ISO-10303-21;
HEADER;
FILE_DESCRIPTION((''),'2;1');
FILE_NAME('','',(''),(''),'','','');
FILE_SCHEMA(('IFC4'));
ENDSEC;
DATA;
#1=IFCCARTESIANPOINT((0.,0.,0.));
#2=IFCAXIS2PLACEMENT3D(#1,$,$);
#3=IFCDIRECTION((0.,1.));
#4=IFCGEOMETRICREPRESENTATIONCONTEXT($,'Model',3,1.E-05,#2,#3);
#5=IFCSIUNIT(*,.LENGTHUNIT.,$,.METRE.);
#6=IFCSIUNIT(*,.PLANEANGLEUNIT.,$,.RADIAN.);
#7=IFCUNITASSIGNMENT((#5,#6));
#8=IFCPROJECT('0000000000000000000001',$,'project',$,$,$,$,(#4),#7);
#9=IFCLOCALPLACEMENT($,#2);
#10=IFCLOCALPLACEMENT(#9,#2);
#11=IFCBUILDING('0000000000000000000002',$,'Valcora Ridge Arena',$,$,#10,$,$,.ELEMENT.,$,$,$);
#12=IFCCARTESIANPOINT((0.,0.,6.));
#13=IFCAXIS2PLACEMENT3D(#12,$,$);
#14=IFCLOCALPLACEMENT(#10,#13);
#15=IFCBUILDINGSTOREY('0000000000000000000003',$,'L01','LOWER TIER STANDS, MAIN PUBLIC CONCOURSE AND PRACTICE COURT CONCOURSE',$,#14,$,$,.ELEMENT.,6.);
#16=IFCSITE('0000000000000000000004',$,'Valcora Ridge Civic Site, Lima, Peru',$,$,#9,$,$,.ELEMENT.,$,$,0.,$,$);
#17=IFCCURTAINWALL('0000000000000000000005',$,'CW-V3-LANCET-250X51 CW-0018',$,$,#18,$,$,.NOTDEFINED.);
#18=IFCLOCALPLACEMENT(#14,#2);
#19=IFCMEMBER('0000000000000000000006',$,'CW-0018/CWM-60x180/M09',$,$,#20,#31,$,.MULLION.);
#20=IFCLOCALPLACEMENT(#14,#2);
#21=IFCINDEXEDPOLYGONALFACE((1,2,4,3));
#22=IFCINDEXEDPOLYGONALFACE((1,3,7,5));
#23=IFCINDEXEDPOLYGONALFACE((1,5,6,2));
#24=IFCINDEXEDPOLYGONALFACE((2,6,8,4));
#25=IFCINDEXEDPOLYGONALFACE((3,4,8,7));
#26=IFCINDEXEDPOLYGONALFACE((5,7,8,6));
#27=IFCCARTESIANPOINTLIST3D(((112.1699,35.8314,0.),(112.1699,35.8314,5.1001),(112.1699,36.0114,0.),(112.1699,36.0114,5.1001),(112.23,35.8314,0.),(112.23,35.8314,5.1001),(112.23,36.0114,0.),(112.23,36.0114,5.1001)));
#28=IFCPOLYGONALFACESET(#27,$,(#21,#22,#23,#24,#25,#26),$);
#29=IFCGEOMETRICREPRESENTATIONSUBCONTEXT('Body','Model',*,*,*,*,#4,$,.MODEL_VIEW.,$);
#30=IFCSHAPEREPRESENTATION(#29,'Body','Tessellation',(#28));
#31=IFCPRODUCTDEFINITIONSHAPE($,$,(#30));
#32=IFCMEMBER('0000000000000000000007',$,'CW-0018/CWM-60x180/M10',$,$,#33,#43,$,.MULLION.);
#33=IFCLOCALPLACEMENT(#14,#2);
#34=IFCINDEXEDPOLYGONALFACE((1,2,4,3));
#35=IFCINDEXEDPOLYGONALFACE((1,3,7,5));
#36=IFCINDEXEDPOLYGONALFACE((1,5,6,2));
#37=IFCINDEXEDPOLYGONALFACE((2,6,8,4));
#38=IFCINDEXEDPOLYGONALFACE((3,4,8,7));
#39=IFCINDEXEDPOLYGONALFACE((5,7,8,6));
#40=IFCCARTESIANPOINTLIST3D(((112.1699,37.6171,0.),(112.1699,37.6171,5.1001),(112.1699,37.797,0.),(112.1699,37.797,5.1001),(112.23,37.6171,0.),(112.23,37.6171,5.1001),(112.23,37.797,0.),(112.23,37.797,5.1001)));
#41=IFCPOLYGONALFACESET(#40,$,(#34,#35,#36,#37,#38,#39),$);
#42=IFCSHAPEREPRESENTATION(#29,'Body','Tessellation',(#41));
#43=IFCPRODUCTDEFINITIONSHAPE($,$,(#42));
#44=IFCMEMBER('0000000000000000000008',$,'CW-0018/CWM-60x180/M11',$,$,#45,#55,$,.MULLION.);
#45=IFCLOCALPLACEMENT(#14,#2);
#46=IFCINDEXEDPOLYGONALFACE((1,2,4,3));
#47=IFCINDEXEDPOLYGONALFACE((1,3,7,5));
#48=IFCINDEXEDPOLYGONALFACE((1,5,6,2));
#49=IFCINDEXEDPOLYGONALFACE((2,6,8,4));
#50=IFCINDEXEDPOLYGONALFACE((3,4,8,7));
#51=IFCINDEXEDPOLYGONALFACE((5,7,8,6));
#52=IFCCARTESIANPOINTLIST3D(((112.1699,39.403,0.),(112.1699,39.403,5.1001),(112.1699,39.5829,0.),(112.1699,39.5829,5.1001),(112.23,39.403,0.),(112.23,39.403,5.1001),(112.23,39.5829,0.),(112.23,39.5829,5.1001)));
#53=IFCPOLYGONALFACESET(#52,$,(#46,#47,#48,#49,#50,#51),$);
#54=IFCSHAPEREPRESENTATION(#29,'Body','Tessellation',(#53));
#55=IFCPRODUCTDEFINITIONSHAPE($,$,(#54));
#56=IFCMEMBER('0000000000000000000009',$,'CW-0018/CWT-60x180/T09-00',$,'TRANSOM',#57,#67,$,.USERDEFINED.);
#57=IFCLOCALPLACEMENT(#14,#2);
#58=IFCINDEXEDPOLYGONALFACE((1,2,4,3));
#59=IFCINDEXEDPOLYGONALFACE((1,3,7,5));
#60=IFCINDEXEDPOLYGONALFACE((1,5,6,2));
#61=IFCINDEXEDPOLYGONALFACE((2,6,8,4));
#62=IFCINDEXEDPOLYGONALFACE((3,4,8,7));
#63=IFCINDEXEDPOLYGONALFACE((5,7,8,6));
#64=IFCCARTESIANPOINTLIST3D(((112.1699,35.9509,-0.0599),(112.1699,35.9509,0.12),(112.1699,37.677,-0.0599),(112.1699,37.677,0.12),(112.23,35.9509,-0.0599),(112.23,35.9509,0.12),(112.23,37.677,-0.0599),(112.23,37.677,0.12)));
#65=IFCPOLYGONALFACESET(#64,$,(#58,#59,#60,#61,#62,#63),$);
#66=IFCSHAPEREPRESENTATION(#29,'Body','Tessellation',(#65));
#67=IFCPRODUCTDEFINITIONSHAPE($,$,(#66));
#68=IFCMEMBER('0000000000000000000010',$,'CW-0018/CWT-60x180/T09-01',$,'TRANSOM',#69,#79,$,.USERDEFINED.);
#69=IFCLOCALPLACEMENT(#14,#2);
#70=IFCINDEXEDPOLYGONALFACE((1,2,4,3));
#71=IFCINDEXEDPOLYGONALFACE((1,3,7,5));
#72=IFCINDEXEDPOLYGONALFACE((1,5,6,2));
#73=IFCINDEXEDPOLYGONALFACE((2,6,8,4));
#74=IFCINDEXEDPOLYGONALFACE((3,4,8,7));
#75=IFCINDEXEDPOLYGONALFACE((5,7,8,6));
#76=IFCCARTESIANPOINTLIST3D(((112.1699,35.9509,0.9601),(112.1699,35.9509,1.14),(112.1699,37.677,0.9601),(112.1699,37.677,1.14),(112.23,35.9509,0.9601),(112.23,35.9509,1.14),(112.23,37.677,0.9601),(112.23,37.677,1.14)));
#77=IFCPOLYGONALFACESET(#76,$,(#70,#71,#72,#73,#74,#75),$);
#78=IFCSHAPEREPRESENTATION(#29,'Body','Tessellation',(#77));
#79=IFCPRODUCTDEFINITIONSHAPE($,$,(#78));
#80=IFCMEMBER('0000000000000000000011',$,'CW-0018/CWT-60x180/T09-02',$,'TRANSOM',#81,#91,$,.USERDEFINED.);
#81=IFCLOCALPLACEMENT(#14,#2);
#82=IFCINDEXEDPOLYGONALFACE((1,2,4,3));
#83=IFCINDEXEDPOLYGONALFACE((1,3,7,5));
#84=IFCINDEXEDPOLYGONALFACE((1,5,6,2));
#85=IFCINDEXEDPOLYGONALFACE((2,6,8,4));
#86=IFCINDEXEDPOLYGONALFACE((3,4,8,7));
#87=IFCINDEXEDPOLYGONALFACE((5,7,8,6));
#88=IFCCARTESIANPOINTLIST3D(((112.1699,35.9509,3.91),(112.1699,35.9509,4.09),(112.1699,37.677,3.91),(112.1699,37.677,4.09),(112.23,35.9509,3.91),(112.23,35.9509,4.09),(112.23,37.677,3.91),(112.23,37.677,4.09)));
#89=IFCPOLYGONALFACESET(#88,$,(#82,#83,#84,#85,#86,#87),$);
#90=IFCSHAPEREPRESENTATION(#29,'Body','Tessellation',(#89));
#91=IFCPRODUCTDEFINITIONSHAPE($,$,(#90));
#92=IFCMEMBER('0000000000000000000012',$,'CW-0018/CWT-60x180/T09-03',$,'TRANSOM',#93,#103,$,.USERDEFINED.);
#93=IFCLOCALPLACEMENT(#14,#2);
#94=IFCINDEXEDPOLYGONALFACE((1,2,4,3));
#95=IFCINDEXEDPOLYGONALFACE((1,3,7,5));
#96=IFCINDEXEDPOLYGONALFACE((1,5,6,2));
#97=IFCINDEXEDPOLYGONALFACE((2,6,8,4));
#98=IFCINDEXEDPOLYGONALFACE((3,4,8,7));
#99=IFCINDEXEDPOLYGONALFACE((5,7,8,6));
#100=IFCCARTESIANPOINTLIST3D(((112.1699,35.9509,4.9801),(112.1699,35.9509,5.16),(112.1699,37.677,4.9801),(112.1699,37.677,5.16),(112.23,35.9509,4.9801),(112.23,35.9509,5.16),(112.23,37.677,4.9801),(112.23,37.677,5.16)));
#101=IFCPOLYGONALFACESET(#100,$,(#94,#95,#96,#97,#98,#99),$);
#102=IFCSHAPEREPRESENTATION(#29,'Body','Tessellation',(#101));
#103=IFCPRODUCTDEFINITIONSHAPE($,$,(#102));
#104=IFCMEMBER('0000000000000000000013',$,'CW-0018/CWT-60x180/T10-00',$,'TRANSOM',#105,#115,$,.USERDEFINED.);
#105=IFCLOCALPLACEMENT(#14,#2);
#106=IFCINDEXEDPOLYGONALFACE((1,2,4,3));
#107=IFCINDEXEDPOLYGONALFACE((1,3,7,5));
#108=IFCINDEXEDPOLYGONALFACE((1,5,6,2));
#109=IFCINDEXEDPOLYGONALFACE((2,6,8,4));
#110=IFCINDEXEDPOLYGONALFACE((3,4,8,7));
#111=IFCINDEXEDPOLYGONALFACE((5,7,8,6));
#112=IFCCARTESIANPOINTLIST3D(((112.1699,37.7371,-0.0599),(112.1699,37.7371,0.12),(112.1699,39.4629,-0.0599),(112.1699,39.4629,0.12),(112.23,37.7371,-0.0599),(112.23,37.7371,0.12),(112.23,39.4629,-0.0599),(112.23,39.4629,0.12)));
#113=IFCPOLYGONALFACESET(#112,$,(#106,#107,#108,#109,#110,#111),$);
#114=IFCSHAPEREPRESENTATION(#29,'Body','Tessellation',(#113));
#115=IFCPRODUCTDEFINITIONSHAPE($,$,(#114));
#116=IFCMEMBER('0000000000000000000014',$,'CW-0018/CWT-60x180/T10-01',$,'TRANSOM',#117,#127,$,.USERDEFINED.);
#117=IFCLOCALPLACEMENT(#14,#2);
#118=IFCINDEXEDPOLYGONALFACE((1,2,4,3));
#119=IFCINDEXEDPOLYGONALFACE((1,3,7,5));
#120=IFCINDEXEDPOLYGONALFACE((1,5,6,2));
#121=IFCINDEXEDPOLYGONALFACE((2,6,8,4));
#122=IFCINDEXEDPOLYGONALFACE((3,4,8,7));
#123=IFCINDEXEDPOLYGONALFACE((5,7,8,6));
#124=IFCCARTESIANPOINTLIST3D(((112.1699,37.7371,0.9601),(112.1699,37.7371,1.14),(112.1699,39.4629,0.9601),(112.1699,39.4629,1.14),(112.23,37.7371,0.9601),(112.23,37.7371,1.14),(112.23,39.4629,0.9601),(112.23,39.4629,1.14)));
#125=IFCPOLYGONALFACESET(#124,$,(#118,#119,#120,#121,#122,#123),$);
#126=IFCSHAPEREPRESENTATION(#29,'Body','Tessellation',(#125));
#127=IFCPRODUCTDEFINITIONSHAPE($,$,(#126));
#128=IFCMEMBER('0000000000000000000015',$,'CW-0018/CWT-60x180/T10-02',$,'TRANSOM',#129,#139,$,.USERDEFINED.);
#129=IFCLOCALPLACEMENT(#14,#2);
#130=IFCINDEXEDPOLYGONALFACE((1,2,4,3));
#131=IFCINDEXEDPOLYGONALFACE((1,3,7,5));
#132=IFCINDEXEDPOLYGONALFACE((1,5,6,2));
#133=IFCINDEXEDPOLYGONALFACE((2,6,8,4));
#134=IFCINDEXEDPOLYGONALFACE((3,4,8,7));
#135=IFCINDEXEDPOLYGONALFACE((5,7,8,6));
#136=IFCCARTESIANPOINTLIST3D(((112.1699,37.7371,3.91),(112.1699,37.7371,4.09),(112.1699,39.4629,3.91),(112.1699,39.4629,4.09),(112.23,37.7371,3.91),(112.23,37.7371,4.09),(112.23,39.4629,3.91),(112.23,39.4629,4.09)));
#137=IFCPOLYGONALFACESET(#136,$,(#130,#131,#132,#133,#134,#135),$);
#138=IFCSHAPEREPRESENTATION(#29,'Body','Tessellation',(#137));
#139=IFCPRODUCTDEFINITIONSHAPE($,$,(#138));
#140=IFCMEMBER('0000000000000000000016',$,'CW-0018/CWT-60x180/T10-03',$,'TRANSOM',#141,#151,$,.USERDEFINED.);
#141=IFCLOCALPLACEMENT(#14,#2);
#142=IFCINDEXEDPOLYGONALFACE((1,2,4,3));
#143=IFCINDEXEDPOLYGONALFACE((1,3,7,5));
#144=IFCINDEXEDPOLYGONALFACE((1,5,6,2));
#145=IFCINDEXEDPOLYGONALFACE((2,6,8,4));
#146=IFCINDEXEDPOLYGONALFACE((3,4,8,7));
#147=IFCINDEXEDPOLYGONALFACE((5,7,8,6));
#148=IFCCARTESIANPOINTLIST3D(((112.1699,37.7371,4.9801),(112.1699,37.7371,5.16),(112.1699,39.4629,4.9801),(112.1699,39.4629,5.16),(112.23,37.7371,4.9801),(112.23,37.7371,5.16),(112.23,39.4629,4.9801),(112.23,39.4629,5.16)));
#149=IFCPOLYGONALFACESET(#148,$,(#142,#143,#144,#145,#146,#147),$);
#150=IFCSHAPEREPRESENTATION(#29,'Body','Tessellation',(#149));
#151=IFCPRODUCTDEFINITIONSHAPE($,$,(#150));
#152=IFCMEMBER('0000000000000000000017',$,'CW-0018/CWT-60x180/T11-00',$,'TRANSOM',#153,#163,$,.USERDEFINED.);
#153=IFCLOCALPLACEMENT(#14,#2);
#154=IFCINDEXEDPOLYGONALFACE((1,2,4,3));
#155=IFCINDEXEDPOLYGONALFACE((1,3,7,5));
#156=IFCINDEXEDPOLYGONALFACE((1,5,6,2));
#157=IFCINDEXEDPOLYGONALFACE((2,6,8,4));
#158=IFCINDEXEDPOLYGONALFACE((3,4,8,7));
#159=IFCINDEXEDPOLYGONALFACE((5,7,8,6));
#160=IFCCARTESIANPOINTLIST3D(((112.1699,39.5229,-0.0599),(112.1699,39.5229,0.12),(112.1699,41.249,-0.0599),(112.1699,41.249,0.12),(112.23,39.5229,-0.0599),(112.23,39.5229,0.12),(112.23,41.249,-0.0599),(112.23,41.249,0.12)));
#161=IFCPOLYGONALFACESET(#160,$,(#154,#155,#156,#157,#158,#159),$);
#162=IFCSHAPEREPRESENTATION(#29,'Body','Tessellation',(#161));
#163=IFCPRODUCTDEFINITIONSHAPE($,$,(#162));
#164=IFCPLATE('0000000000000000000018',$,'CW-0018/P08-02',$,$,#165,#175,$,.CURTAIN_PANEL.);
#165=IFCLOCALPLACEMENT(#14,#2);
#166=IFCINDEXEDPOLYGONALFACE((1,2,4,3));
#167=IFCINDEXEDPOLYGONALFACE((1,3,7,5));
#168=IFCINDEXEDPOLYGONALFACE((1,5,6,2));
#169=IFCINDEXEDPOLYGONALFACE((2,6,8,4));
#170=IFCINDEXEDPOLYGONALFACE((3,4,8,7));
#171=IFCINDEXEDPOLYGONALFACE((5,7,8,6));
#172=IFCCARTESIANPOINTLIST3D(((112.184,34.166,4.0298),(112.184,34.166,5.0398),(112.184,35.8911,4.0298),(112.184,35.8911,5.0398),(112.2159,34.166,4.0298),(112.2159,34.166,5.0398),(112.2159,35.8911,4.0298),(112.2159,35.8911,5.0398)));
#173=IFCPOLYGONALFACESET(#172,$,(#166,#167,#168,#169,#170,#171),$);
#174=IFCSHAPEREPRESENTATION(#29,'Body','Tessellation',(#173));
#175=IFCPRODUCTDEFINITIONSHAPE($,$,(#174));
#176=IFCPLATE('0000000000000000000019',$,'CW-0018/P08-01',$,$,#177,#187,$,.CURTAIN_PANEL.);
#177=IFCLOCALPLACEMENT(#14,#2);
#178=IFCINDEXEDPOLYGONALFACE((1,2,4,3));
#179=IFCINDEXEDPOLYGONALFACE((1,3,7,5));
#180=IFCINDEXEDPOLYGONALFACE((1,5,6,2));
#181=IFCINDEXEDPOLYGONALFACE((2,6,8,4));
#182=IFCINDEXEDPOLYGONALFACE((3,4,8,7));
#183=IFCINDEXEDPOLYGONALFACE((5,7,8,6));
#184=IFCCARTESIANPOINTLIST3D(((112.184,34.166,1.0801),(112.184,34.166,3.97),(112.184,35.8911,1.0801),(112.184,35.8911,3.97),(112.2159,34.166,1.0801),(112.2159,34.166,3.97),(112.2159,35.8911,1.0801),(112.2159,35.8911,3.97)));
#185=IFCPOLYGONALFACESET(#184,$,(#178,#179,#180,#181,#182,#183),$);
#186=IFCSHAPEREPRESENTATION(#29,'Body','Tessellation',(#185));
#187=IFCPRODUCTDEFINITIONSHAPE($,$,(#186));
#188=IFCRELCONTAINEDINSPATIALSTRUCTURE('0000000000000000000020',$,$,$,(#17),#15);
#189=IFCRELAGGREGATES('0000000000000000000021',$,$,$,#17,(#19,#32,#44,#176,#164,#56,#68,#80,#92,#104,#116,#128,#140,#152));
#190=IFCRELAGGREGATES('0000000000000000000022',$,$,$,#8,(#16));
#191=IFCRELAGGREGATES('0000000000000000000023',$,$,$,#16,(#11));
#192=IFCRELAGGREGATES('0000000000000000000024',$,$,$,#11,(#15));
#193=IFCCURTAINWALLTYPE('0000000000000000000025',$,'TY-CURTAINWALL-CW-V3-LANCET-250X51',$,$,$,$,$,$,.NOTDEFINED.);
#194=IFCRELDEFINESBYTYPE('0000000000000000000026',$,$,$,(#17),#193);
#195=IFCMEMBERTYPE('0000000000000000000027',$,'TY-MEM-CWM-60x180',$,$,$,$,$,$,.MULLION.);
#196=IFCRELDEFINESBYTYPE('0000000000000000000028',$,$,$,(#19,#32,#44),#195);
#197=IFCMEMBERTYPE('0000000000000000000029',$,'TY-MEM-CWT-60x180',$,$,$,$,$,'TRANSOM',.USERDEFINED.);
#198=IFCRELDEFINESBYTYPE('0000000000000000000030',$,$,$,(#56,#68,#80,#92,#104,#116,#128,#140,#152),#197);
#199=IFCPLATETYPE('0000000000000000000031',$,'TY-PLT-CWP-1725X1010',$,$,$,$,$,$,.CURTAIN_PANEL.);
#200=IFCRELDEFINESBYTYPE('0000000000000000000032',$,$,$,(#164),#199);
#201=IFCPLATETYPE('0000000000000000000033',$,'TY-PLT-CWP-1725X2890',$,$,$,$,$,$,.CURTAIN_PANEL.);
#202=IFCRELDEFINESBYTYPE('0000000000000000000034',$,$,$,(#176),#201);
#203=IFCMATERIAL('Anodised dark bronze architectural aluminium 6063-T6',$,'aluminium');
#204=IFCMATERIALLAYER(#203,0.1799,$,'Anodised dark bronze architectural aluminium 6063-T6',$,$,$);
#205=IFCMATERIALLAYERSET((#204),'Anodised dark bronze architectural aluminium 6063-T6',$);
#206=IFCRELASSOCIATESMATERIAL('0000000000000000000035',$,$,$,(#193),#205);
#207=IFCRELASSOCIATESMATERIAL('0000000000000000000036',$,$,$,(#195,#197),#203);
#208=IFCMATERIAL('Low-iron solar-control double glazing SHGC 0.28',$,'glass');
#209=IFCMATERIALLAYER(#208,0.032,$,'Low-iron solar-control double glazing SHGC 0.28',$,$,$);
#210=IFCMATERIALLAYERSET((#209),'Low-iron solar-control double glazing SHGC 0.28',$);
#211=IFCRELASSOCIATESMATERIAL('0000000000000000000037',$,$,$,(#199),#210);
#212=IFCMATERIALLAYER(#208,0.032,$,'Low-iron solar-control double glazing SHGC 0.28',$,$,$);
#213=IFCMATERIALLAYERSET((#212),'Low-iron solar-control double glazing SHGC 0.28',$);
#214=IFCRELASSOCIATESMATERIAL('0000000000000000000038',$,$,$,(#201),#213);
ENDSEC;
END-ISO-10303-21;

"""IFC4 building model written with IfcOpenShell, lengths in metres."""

from ifc_helpers import new_model, si_unit, direction, frame, origin, origin_2d, place, context, subcontext, project, spatial, rectangle, extrude, material, layer, layer_set, material_profile, profile_set, type_object, element, aggregate, save


model = new_model("IFC4")

# Units and contexts
model_context = context("Model", 3, precision=1e-05, world=origin(), true_north=direction((0.0, 1.0)))
body_context = subcontext(model_context, "Body", "Model", "MODEL_VIEW")
ifc_project = project(units=[si_unit("LENGTHUNIT", "METRE"), si_unit("PLANEANGLEUNIT", "RADIAN")], contexts=[model_context])

# Site, building, storey
site_placement = place(None, origin())
site = spatial("IfcSite", under=ifc_project, at=site_placement, Name="Valcora Ridge Civic Site, Lima, Peru", CompositionType="ELEMENT", RefElevation=0.0)
building_placement = place(site_placement, origin())
building = spatial("IfcBuilding", under=site, at=building_placement, Name="Valcora Ridge Arena", CompositionType="ELEMENT")
storey_placement = place(building_placement, frame((0.0, 0.0, 6.0)))
storey = spatial("IfcBuildingStorey", under=building, at=storey_placement, Name="L01", Description="LOWER TIER STANDS, MAIN PUBLIC CONCOURSE AND PRACTICE COURT CONCOURSE", CompositionType="ELEMENT", Elevation=6.0)

# Curtain wall, members, plates
ifc_material_1 = material(Name="Anodised dark bronze architectural aluminium 6063-T6", Category="aluminium")
ifc_layer_1 = layer(ifc_material_1, 0.1799, Name="Anodised dark bronze architectural aluminium 6063-T6")
ifc_layer_set_1 = layer_set([ifc_layer_1], Name="Anodised dark bronze architectural aluminium 6063-T6")
curtain_wall_type = type_object("IfcCurtainWallType", Name="TY-CURTAINWALL-CW-V3-LANCET-250X51", PredefinedType="NOTDEFINED", material=ifc_layer_set_1)
curtain_wall_placement = place(storey_placement, origin())
curtain_wall = element("IfcCurtainWall", 1, at=curtain_wall_placement, inside=storey, type_object=curtain_wall_type, Name="CW-V3-LANCET-250X51 CW-0018", PredefinedType="NOTDEFINED")
ifc_material_profile_1 = material_profile(ifc_material_1, rectangle(XDim=0.0601, YDim=0.1799, at=origin_2d()), Name="ALU MULLION 60x180")
ifc_profile_set_1 = profile_set([ifc_material_profile_1], Name="Anodised dark bronze architectural aluminium 6063-T6")
member_type_1 = type_object("IfcMemberType", Name="TY-MEM-CWM-60x180", PredefinedType="MULLION", material=ifc_profile_set_1)
member_1_placement = place(storey_placement, frame((112.2, 35.9214, 0.0), z_axis=(0.0, 0.0, 1.0), x_axis=(-1.0, 0.0, 0.0)))
member_1 = element("IfcMember", 2, at=member_1_placement, type_object=member_type_1, Name="CW-0018/CWM-60x180/M09", PredefinedType="MULLION", context=body_context, shape_type="SweptSolid", body=[
    extrude(rectangle(XDim=0.0601, YDim=0.1799, at=origin_2d()), origin(), (0.0, 0.0, 1.0), 5.1001),
])
member_2_placement = place(storey_placement, frame((112.2, 37.707, 0.0), z_axis=(0.0, 0.0, 1.0), x_axis=(-1.0, 0.0, 0.0)))
member_2 = element("IfcMember", 3, at=member_2_placement, type_object=member_type_1, Name="CW-0018/CWM-60x180/M10", PredefinedType="MULLION", context=body_context, shape_type="SweptSolid", body=[
    extrude(rectangle(XDim=0.0601, YDim=0.1799, at=origin_2d()), origin(), (0.0, 0.0, 1.0), 5.1001),
])
member_3_placement = place(storey_placement, frame((112.2, 39.4929, 0.0), z_axis=(0.0, 0.0, 1.0), x_axis=(-1.0, 0.0, 0.0)))
member_3 = element("IfcMember", 4, at=member_3_placement, type_object=member_type_1, Name="CW-0018/CWM-60x180/M11", PredefinedType="MULLION", context=body_context, shape_type="SweptSolid", body=[
    extrude(rectangle(XDim=0.0601, YDim=0.1799, at=origin_2d()), origin(), (0.0, 0.0, 1.0), 5.1001),
])
ifc_material_profile_2 = material_profile(ifc_material_1, rectangle(XDim=0.0601, YDim=0.1799, at=origin_2d()), Name="ALU TRANSOM 60x180")
ifc_profile_set_2 = profile_set([ifc_material_profile_2], Name="Anodised dark bronze architectural aluminium 6063-T6")
member_type_2 = type_object("IfcMemberType", Name="TY-MEM-CWT-60x180", ElementType="TRANSOM", PredefinedType="USERDEFINED", material=ifc_profile_set_2)
member_4_placement = place(storey_placement, frame((112.2, 35.9509, 0.03), z_axis=(0.0, 1.0, 0.0), x_axis=(-1.0, 0.0, 0.0)))
member_4 = element("IfcMember", 5, at=member_4_placement, type_object=member_type_2, Name="CW-0018/CWT-60x180/T09-00", ObjectType="TRANSOM", PredefinedType="USERDEFINED", context=body_context, shape_type="SweptSolid", body=[
    extrude(rectangle(XDim=0.0601, YDim=0.1799, at=origin_2d()), origin(), (0.0, 0.0, 1.0), 1.7261),
])
member_5_placement = place(storey_placement, frame((112.2, 35.9509, 1.05), z_axis=(0.0, 1.0, 0.0), x_axis=(-1.0, 0.0, 0.0)))
member_5 = element("IfcMember", 6, at=member_5_placement, type_object=member_type_2, Name="CW-0018/CWT-60x180/T09-01", ObjectType="TRANSOM", PredefinedType="USERDEFINED", context=body_context, shape_type="SweptSolid", body=[
    extrude(rectangle(XDim=0.0601, YDim=0.1799, at=origin_2d()), origin(), (0.0, 0.0, 1.0), 1.7261),
])
member_6_placement = place(storey_placement, frame((112.2, 35.9509, 4.0), z_axis=(0.0, 1.0, 0.0), x_axis=(-1.0, 0.0, 0.0)))
member_6 = element("IfcMember", 7, at=member_6_placement, type_object=member_type_2, Name="CW-0018/CWT-60x180/T09-02", ObjectType="TRANSOM", PredefinedType="USERDEFINED", context=body_context, shape_type="SweptSolid", body=[
    extrude(rectangle(XDim=0.0601, YDim=0.1799, at=origin_2d()), origin(), (0.0, 0.0, 1.0), 1.7261),
])
member_7_placement = place(storey_placement, frame((112.2, 35.9509, 5.0701), z_axis=(0.0, 1.0, 0.0), x_axis=(-1.0, 0.0, 0.0)))
member_7 = element("IfcMember", 8, at=member_7_placement, type_object=member_type_2, Name="CW-0018/CWT-60x180/T09-03", ObjectType="TRANSOM", PredefinedType="USERDEFINED", context=body_context, shape_type="SweptSolid", body=[
    extrude(rectangle(XDim=0.0601, YDim=0.1799, at=origin_2d()), origin(), (0.0, 0.0, 1.0), 1.7261),
])
member_8_placement = place(storey_placement, frame((112.2, 37.7371, 0.03), z_axis=(0.0, 1.0, 0.0), x_axis=(-1.0, 0.0, 0.0)))
member_8 = element("IfcMember", 9, at=member_8_placement, type_object=member_type_2, Name="CW-0018/CWT-60x180/T10-00", ObjectType="TRANSOM", PredefinedType="USERDEFINED", context=body_context, shape_type="SweptSolid", body=[
    extrude(rectangle(XDim=0.0601, YDim=0.1799, at=origin_2d()), origin(), (0.0, 0.0, 1.0), 1.7258),
])
member_9_placement = place(storey_placement, frame((112.2, 37.7371, 1.05), z_axis=(0.0, 1.0, 0.0), x_axis=(-1.0, 0.0, 0.0)))
member_9 = element("IfcMember", 10, at=member_9_placement, type_object=member_type_2, Name="CW-0018/CWT-60x180/T10-01", ObjectType="TRANSOM", PredefinedType="USERDEFINED", context=body_context, shape_type="SweptSolid", body=[
    extrude(rectangle(XDim=0.0601, YDim=0.1799, at=origin_2d()), origin(), (0.0, 0.0, 1.0), 1.7258),
])
member_10_placement = place(storey_placement, frame((112.2, 37.7371, 4.0), z_axis=(0.0, 1.0, 0.0), x_axis=(-1.0, 0.0, 0.0)))
member_10 = element("IfcMember", 11, at=member_10_placement, type_object=member_type_2, Name="CW-0018/CWT-60x180/T10-02", ObjectType="TRANSOM", PredefinedType="USERDEFINED", context=body_context, shape_type="SweptSolid", body=[
    extrude(rectangle(XDim=0.0601, YDim=0.1799, at=origin_2d()), origin(), (0.0, 0.0, 1.0), 1.7258),
])
member_11_placement = place(storey_placement, frame((112.2, 37.7371, 5.0701), z_axis=(0.0, 1.0, 0.0), x_axis=(-1.0, 0.0, 0.0)))
member_11 = element("IfcMember", 12, at=member_11_placement, type_object=member_type_2, Name="CW-0018/CWT-60x180/T10-03", ObjectType="TRANSOM", PredefinedType="USERDEFINED", context=body_context, shape_type="SweptSolid", body=[
    extrude(rectangle(XDim=0.0601, YDim=0.1799, at=origin_2d()), origin(), (0.0, 0.0, 1.0), 1.7258),
])
member_12_placement = place(storey_placement, frame((112.2, 39.5229, 0.03), z_axis=(0.0, 1.0, 0.0), x_axis=(-1.0, 0.0, 0.0)))
member_12 = element("IfcMember", 13, at=member_12_placement, type_object=member_type_2, Name="CW-0018/CWT-60x180/T11-00", ObjectType="TRANSOM", PredefinedType="USERDEFINED", context=body_context, shape_type="SweptSolid", body=[
    extrude(rectangle(XDim=0.0601, YDim=0.1799, at=origin_2d()), origin(), (0.0, 0.0, 1.0), 1.7261),
])
ifc_material_2 = material(Name="Low-iron solar-control double glazing SHGC 0.28", Category="glass")
ifc_layer_2 = layer(ifc_material_2, 0.032, Name="Low-iron solar-control double glazing SHGC 0.28")
ifc_layer_set_2 = layer_set([ifc_layer_2], Name="Low-iron solar-control double glazing SHGC 0.28")
plate_type_1 = type_object("IfcPlateType", Name="TY-PLT-CWP-1725X1010", PredefinedType="CURTAIN_PANEL", material=ifc_layer_set_2)
plate_1_placement = place(storey_placement, frame((112.2, 35.0286, 4.0298), z_axis=(0.0, 0.0, 1.0), x_axis=(0.0, 1.0, 0.0)))
plate_1 = element("IfcPlate", 14, at=plate_1_placement, type_object=plate_type_1, Name="CW-0018/P08-02", PredefinedType="CURTAIN_PANEL", context=body_context, shape_type="SweptSolid", body=[
    extrude(rectangle(XDim=1.7251, YDim=0.032, at=origin_2d()), origin(), (0.0, 0.0, 1.0), 1.01),
])
ifc_layer_3 = layer(ifc_material_2, 0.032, Name="Low-iron solar-control double glazing SHGC 0.28")
ifc_layer_set_3 = layer_set([ifc_layer_3], Name="Low-iron solar-control double glazing SHGC 0.28")
plate_type_2 = type_object("IfcPlateType", Name="TY-PLT-CWP-1725X2890", PredefinedType="CURTAIN_PANEL", material=ifc_layer_set_3)
plate_2_placement = place(storey_placement, frame((112.2, 35.0286, 1.0801), z_axis=(0.0, 0.0, 1.0), x_axis=(0.0, 1.0, 0.0)))
plate_2 = element("IfcPlate", 15, at=plate_2_placement, type_object=plate_type_2, Name="CW-0018/P08-01", PredefinedType="CURTAIN_PANEL", context=body_context, shape_type="SweptSolid", body=[
    extrude(rectangle(XDim=1.7251, YDim=0.032, at=origin_2d()), origin(), (0.0, 0.0, 1.0), 2.8899),
])
aggregate(curtain_wall, [member_1, member_2, member_3, plate_2, plate_1, member_4, member_5, member_6, member_7, member_8, member_9, member_10, member_11, member_12])

save(model, "model.ifc")
